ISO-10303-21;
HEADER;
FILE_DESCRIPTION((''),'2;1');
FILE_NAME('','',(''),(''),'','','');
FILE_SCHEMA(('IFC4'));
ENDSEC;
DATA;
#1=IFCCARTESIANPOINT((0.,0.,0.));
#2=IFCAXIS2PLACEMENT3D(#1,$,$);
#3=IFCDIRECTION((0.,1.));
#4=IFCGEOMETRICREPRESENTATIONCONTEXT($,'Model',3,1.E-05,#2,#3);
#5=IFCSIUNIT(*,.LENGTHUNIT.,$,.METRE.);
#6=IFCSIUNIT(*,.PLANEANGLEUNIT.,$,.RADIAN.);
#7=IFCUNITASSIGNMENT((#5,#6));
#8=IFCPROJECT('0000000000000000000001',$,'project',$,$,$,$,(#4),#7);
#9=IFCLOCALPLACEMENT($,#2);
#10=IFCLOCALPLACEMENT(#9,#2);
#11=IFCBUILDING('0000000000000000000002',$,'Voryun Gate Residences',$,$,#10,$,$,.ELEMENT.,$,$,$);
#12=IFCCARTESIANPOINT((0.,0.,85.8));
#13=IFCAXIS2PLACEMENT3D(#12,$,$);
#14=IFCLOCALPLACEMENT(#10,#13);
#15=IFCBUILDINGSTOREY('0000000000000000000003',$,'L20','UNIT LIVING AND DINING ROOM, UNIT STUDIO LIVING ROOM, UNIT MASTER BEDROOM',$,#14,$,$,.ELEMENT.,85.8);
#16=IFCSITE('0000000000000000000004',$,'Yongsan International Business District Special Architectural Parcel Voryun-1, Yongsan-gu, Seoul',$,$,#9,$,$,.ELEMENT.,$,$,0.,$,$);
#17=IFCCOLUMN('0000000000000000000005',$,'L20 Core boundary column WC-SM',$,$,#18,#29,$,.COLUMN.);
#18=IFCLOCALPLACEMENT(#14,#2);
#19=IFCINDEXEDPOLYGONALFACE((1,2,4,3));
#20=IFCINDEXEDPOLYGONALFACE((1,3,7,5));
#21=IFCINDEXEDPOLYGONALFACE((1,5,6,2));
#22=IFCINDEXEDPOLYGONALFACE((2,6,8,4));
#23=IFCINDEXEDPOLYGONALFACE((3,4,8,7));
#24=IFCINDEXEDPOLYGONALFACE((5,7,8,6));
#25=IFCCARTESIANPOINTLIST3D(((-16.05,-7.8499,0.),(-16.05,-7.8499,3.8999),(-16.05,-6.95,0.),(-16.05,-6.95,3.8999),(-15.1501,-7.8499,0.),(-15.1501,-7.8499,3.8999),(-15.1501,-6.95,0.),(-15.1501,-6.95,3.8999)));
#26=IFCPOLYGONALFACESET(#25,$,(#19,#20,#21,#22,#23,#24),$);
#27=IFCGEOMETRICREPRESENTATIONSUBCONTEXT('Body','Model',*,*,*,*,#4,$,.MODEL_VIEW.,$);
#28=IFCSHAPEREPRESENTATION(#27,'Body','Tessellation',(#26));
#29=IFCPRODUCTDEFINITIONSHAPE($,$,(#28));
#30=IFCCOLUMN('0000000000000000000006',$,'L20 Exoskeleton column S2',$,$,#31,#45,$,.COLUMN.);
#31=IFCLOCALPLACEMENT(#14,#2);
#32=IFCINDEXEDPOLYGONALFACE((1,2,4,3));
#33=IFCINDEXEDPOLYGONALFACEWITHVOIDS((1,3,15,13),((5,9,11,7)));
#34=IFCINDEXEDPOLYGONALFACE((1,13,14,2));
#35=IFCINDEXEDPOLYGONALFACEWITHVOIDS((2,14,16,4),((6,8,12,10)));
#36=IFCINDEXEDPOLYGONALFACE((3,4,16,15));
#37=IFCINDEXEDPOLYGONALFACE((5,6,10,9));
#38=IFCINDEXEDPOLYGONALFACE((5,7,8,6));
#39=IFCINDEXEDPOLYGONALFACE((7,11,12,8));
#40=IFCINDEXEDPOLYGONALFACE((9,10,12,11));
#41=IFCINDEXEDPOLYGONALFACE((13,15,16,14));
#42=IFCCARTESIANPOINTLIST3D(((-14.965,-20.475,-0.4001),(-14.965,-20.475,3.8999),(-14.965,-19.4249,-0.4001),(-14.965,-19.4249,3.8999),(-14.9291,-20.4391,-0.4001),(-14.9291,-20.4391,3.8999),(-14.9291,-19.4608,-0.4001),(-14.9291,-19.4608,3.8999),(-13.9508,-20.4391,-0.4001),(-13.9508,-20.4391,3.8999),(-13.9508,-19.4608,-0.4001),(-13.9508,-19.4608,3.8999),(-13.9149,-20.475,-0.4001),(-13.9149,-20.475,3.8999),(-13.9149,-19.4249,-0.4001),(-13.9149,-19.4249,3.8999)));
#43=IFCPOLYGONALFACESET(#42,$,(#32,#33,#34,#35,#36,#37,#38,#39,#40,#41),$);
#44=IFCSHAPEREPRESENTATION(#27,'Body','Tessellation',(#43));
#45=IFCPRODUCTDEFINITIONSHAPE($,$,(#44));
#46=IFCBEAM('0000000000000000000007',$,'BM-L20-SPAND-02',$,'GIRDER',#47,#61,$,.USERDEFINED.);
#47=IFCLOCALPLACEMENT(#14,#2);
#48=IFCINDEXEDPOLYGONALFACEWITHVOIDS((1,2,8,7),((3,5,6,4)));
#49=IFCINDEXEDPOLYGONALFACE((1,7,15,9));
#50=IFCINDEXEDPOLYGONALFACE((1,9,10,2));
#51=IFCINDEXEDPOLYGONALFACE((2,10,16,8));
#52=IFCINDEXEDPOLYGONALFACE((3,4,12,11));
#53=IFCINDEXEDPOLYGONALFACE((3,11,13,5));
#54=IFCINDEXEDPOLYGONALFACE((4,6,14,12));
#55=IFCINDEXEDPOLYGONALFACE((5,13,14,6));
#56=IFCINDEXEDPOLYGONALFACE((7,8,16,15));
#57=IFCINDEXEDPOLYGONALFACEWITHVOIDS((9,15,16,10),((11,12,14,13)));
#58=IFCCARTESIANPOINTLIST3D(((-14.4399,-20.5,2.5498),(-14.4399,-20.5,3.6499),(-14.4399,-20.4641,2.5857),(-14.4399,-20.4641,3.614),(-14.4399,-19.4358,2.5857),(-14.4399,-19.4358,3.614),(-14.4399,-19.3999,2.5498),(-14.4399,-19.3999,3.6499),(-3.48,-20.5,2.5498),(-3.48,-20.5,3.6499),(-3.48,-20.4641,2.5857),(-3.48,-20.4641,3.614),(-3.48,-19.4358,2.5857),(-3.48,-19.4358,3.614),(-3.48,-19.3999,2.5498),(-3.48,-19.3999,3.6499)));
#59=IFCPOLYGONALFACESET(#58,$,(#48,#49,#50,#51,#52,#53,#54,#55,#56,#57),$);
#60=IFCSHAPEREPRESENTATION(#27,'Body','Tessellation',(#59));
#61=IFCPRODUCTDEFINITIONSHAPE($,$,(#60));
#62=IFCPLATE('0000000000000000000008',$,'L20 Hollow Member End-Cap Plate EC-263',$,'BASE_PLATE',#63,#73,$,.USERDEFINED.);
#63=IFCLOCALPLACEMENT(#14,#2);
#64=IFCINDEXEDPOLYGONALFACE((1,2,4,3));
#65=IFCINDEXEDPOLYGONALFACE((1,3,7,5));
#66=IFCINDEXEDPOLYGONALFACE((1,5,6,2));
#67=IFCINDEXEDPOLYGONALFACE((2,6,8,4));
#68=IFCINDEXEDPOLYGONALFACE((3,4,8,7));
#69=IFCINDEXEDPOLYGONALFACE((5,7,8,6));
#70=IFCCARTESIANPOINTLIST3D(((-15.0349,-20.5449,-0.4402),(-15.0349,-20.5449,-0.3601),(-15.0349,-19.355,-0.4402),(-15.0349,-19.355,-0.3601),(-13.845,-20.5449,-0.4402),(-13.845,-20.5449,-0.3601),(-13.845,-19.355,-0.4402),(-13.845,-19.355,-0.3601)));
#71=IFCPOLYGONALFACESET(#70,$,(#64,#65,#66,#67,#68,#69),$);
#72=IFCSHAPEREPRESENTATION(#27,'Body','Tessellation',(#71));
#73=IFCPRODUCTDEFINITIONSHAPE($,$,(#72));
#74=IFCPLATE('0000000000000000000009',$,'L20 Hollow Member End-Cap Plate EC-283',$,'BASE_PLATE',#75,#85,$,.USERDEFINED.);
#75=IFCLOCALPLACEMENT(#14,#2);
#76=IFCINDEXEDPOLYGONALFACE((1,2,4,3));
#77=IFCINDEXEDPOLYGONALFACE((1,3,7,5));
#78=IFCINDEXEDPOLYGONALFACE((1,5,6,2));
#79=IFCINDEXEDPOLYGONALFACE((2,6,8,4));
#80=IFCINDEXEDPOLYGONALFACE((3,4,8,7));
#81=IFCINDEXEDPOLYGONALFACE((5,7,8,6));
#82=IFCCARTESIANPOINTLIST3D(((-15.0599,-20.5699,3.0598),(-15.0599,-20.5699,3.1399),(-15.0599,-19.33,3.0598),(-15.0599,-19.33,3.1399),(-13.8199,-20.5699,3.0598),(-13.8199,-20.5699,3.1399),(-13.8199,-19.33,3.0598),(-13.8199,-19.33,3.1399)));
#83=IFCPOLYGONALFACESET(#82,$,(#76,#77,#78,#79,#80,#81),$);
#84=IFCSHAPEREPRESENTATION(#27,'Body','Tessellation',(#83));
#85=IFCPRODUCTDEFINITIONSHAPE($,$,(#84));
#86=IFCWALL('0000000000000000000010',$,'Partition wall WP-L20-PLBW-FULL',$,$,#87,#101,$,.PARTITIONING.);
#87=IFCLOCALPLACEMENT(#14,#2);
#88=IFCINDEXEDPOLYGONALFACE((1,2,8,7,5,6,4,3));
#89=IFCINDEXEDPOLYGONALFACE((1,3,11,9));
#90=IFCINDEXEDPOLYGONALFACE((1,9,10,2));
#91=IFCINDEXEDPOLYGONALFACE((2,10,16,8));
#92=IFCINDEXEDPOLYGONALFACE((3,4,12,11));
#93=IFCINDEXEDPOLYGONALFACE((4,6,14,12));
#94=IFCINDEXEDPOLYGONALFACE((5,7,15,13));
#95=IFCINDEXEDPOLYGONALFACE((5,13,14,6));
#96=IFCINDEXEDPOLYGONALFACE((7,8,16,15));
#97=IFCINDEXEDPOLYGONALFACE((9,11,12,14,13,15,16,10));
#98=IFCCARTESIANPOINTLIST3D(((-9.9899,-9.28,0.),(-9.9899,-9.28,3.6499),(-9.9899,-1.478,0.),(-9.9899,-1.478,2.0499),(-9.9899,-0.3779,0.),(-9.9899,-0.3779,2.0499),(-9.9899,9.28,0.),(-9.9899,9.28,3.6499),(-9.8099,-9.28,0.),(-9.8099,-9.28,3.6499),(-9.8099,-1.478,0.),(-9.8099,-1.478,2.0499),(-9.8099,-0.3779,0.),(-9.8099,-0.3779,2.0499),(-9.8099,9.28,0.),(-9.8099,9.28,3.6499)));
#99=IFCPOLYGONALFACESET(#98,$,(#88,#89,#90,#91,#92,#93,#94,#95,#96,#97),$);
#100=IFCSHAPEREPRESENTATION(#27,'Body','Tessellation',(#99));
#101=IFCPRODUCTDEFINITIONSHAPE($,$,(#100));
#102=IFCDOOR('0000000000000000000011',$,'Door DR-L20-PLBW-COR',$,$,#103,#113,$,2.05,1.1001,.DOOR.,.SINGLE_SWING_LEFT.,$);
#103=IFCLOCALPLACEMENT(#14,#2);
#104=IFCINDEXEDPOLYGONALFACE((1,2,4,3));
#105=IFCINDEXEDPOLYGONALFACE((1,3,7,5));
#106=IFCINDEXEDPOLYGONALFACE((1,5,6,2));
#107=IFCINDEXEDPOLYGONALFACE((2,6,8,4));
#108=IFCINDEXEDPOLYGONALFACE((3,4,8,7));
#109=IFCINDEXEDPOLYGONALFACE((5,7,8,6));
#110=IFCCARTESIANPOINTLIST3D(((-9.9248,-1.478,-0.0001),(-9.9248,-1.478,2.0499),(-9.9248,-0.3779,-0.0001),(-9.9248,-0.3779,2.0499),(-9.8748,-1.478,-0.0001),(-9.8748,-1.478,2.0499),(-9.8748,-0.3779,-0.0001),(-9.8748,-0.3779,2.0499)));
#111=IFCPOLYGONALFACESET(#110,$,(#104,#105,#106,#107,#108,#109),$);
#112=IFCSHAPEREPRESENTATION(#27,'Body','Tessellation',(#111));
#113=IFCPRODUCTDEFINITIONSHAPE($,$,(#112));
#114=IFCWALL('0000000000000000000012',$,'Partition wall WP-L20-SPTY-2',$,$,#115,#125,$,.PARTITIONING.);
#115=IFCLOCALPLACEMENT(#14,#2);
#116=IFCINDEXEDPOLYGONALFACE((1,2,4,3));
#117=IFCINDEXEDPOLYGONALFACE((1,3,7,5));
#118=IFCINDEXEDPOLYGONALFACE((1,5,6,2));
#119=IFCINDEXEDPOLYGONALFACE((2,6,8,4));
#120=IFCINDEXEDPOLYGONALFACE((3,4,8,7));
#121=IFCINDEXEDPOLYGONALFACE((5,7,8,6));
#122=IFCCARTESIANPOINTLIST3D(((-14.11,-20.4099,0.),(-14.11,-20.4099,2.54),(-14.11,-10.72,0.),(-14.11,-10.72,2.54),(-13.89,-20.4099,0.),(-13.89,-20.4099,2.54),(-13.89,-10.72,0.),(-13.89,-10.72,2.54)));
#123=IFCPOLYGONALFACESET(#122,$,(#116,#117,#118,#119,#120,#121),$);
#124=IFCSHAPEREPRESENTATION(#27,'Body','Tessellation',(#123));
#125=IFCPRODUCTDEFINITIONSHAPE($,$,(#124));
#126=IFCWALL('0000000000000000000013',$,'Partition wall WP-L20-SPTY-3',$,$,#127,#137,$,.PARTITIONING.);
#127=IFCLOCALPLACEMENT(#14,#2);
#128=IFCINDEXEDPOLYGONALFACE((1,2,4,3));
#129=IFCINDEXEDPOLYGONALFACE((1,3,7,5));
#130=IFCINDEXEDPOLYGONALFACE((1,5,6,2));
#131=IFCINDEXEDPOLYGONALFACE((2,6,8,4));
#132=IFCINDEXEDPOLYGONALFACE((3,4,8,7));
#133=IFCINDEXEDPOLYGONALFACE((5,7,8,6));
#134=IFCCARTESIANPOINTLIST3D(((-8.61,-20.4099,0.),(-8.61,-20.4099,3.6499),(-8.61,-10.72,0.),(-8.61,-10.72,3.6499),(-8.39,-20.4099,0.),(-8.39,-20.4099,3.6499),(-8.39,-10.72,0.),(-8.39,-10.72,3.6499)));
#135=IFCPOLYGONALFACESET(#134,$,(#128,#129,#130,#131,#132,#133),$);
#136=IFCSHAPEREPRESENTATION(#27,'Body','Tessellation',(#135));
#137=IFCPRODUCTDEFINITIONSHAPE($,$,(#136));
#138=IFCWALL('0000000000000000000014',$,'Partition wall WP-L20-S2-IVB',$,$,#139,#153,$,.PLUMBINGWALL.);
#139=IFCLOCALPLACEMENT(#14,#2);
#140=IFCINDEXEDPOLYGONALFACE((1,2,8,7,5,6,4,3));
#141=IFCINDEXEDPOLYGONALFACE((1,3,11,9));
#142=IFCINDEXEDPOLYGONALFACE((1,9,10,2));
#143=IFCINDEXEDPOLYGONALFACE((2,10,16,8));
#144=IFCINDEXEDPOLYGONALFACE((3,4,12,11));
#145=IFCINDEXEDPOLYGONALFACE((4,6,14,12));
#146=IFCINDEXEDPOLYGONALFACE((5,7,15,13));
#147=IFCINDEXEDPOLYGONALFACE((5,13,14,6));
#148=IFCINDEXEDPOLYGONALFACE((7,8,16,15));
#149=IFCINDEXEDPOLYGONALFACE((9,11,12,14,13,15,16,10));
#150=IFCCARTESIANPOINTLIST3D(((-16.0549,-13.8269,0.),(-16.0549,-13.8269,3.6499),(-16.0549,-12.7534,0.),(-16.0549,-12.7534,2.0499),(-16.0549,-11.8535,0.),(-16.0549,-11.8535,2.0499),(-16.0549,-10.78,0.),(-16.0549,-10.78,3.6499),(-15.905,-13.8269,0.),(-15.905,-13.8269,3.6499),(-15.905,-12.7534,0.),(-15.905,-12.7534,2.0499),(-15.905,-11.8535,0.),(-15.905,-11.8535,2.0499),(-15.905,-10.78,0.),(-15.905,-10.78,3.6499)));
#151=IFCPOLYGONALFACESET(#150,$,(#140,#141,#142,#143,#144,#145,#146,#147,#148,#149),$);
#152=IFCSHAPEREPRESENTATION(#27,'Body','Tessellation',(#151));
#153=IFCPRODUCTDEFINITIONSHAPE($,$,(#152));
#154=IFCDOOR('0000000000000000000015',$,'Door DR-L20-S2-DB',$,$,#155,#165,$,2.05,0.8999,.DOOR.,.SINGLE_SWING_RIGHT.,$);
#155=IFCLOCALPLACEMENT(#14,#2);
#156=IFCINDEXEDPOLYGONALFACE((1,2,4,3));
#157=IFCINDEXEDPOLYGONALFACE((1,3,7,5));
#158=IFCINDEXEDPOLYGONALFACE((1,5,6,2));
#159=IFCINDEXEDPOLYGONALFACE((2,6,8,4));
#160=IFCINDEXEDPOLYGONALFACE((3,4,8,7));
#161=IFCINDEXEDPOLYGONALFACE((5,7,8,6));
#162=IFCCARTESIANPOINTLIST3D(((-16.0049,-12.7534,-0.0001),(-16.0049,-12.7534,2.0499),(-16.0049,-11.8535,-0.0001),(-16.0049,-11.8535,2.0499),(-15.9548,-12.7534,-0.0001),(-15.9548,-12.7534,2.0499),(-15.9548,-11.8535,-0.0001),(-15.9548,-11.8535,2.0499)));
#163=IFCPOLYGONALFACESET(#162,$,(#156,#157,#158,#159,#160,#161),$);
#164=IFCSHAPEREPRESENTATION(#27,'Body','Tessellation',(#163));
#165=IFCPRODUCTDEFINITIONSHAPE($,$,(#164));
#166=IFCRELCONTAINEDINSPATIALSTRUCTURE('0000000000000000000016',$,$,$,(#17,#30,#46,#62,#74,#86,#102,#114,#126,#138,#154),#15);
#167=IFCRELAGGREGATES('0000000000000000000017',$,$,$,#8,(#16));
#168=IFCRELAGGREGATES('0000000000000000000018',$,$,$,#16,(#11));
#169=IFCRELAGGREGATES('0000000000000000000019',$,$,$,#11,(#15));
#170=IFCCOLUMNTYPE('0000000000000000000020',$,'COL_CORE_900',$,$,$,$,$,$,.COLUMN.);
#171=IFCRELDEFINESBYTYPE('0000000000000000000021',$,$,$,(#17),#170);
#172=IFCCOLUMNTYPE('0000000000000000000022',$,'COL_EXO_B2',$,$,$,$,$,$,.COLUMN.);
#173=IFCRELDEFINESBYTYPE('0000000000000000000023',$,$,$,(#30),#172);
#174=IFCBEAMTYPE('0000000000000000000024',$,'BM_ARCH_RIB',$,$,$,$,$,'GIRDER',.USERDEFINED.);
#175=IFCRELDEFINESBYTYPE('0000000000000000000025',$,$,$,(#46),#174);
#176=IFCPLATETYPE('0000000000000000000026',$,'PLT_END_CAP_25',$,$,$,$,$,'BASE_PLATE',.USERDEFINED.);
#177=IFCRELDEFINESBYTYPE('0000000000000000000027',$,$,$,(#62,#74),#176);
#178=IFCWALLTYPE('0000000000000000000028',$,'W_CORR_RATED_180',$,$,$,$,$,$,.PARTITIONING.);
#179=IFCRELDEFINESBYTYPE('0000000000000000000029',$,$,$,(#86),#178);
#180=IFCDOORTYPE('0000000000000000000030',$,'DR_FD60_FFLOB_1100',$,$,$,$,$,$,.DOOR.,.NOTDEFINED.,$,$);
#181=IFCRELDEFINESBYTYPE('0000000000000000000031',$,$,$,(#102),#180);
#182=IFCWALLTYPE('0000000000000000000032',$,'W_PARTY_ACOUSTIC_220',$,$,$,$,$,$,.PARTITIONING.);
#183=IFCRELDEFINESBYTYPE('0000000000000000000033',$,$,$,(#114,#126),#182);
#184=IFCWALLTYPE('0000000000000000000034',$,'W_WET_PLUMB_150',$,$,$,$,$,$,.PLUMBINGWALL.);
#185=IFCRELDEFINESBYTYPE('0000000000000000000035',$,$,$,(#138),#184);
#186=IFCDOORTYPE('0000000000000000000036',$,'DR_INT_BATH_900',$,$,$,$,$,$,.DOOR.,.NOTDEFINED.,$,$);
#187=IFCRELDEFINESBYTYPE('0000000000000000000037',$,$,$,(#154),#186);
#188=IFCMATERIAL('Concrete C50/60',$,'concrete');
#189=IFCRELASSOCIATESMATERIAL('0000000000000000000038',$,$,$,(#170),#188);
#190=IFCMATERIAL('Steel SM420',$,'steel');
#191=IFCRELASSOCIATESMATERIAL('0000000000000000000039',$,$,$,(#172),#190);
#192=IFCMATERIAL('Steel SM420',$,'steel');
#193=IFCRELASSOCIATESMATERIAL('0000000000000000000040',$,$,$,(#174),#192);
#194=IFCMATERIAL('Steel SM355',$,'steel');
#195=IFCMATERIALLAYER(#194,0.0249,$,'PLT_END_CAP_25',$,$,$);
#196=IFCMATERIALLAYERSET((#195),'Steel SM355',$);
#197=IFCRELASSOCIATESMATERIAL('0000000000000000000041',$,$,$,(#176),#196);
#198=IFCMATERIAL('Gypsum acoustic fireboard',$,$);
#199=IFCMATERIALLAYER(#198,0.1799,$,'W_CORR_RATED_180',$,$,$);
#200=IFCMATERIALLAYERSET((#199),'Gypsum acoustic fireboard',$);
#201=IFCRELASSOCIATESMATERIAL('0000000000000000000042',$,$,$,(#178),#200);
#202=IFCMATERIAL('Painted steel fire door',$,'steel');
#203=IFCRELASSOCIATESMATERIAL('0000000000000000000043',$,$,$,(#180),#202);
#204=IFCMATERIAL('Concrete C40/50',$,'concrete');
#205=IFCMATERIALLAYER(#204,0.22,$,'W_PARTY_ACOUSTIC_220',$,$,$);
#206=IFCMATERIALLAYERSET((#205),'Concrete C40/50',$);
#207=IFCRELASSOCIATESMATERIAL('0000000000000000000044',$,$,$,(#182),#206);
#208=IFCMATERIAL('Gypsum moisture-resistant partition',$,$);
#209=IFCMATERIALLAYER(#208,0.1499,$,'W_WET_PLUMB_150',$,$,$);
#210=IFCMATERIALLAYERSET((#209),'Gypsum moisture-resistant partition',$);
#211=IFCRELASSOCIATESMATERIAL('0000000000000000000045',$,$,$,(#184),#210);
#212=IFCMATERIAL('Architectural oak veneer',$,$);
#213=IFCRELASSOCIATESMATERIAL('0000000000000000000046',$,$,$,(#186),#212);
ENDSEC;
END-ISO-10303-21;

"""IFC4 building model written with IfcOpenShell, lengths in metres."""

from ifc_helpers import new_model, si_unit, direction, frame, frame_2d, origin, origin_2d, place, context, subcontext, project, spatial, rectangle, hollow_rectangle, extrude, material, layer, layer_set, material_profile, profile_set, type_object, element, fill, save


model = new_model("IFC4")

# Units and contexts
model_context = context("Model", 3, precision=1e-05, world=origin(), true_north=direction((0.0, 1.0)))
body_context = subcontext(model_context, "Body", "Model", "MODEL_VIEW")
ifc_project = project(units=[si_unit("LENGTHUNIT", "METRE"), si_unit("PLANEANGLEUNIT", "RADIAN")], contexts=[model_context])

# Site, building, storey
site_placement = place(None, origin())
site = spatial("IfcSite", under=ifc_project, at=site_placement, Name="Yongsan International Business District Special Architectural Parcel Voryun-1, Yongsan-gu, Seoul", CompositionType="ELEMENT", RefElevation=0.0)
building_placement = place(site_placement, origin())
building = spatial("IfcBuilding", under=site, at=building_placement, Name="Voryun Gate Residences", CompositionType="ELEMENT")
storey_placement = place(building_placement, frame((0.0, 0.0, 85.8)))
storey = spatial("IfcBuildingStorey", under=building, at=storey_placement, Name="L20", Description="UNIT LIVING AND DINING ROOM, UNIT STUDIO LIVING ROOM, UNIT MASTER BEDROOM", CompositionType="ELEMENT", Elevation=85.8)

# Columns
ifc_material_1 = material(Name="Concrete C50/60", Category="concrete")
ifc_material_profile_1 = material_profile(ifc_material_1, rectangle(XDim=0.8999, YDim=0.8999, at=origin_2d()), Name="RC-900x900")
ifc_profile_set_1 = profile_set([ifc_material_profile_1], Name="Concrete C50/60")
column_type_1 = type_object("IfcColumnType", Name="COL_CORE_900", PredefinedType="COLUMN", material=ifc_profile_set_1)
column_1_placement = place(storey_placement, frame((-15.6001, -7.3999, 0.0), z_axis=(0.0, 0.0, 1.0), x_axis=(1.0, 0.0, 0.0)))
element("IfcColumn", 1, at=column_1_placement, inside=storey, type_object=column_type_1, Name="L20 Core boundary column WC-SM", PredefinedType="COLUMN", context=body_context, shape_type="SweptSolid", body=[
    extrude(rectangle(XDim=0.8999, YDim=0.8999, at=origin_2d()), origin(), (0.0, 0.0, 1.0), 3.8999),
])
ifc_material_2 = material(Name="Steel SM420", Category="steel")
ifc_material_profile_2 = material_profile(ifc_material_2, hollow_rectangle(XDim=1.05, YDim=1.05, WallThickness=0.0359, at=origin_2d()), Name="BOX-1050x1050x36")
ifc_profile_set_2 = profile_set([ifc_material_profile_2], Name="Steel SM420")
column_type_2 = type_object("IfcColumnType", Name="COL_EXO_B2", PredefinedType="COLUMN", material=ifc_profile_set_2)
column_2_placement = place(storey_placement, frame((-14.4399, -19.95, -0.4001), z_axis=(0.0, 0.0, 1.0), x_axis=(1.0, 0.0, 0.0)))
element("IfcColumn", 2, at=column_2_placement, inside=storey, type_object=column_type_2, Name="L20 Exoskeleton column S2", PredefinedType="COLUMN", context=body_context, shape_type="SweptSolid", body=[
    extrude(hollow_rectangle(XDim=1.05, YDim=1.05, WallThickness=0.0359, at=origin_2d()), origin(), (0.0, 0.0, 1.0), 4.3),
])

# Beam
ifc_material_3 = material(Name="Steel SM420", Category="steel")
ifc_material_profile_3 = material_profile(ifc_material_3, hollow_rectangle(XDim=1.1001, YDim=1.1001, WallThickness=0.0359, at=origin_2d()), Name="BOX-1100x1100x36")
ifc_profile_set_3 = profile_set([ifc_material_profile_3], Name="Steel SM420")
beam_type = type_object("IfcBeamType", Name="BM_ARCH_RIB", ElementType="GIRDER", PredefinedType="USERDEFINED", material=ifc_profile_set_3)
beam_placement = place(storey_placement, frame((-14.4399, -19.95, 3.0999), z_axis=(1.0, 0.0, 0.0), x_axis=(0.0, 1.0, 0.0)))
element("IfcBeam", 3, at=beam_placement, inside=storey, type_object=beam_type, Name="BM-L20-SPAND-02", ObjectType="GIRDER", PredefinedType="USERDEFINED", context=body_context, shape_type="SweptSolid", body=[
    extrude(hollow_rectangle(XDim=1.1001, YDim=1.1001, WallThickness=0.0359, at=origin_2d()), origin(), (0.0, 0.0, 1.0), 10.96),
])

# Plates
ifc_material_4 = material(Name="Steel SM355", Category="steel")
ifc_layer_1 = layer(ifc_material_4, 0.0249, Name="PLT_END_CAP_25")
ifc_layer_set_1 = layer_set([ifc_layer_1], Name="Steel SM355")
plate_type = type_object("IfcPlateType", Name="PLT_END_CAP_25", ElementType="BASE_PLATE", PredefinedType="USERDEFINED", material=ifc_layer_set_1)
plate_1_placement = place(storey_placement, frame((-14.4399, -19.95, -0.4402), z_axis=(0.0, 0.0, 1.0), x_axis=(1.0, 0.0, 0.0)))
element("IfcPlate", 4, at=plate_1_placement, inside=storey, type_object=plate_type, Name="L20 Hollow Member End-Cap Plate EC-263", ObjectType="BASE_PLATE", PredefinedType="USERDEFINED", context=body_context, shape_type="SweptSolid", body=[
    extrude(rectangle(XDim=1.1899, YDim=1.1899, at=origin_2d()), origin(), (0.0, 0.0, 1.0), 0.0801),
])
plate_2_placement = place(storey_placement, frame((-14.4399, -19.95, 3.0598), z_axis=(0.0, 0.0, 1.0), x_axis=(1.0, 0.0, 0.0)))
element("IfcPlate", 5, at=plate_2_placement, inside=storey, type_object=plate_type, Name="L20 Hollow Member End-Cap Plate EC-283", ObjectType="BASE_PLATE", PredefinedType="USERDEFINED", context=body_context, shape_type="SweptSolid", body=[
    extrude(rectangle(XDim=1.24, YDim=1.24, at=origin_2d()), origin(), (0.0, 0.0, 1.0), 0.0801),
])

# Wall, opening, door
ifc_material_5 = material(Name="Gypsum acoustic fireboard")
ifc_layer_2 = layer(ifc_material_5, 0.1799, Name="W_CORR_RATED_180")
ifc_layer_set_2 = layer_set([ifc_layer_2], Name="Gypsum acoustic fireboard")
wall_type_1 = type_object("IfcWallType", Name="W_CORR_RATED_180", PredefinedType="PARTITIONING", material=ifc_layer_set_2)
wall_1_placement = place(storey_placement, frame((-9.8999, -9.28, 0.0), z_axis=(0.0, 0.0, 1.0), x_axis=(0.0, 1.0, 0.0)))
wall_1 = element("IfcWall", 6, at=wall_1_placement, inside=storey, type_object=wall_type_1, Name="Partition wall WP-L20-PLBW-FULL", PredefinedType="PARTITIONING", context=body_context, shape_type="SweptSolid", body=[
    extrude(rectangle(XDim=18.5601, YDim=0.1799, at=frame_2d((9.28, 0.0))), origin(), (0.0, 0.0, 1.0), 3.6499),
])
opening_1_placement = place(wall_1_placement, frame((7.802, 0.0, 0.0)))
opening_1 = element("IfcOpeningElement", 7, at=opening_1_placement, cuts=wall_1, PredefinedType="OPENING", context=body_context, shape_type="SweptSolid", body=[
    extrude(rectangle(XDim=1.1001, YDim=2.05, at=frame_2d((0.55, 1.0249))), frame((0.0, 0.0999, 0.0), z_axis=(0.0, -1.0, 0.0), x_axis=(1.0, 0.0, 0.0)), (0.0, 0.0, 1.0), 0.2),
])
ifc_material_6 = material(Name="Painted steel fire door", Category="steel")
door_type_1 = type_object("IfcDoorType", Name="DR_FD60_FFLOB_1100", OperationType="NOTDEFINED", PredefinedType="DOOR", material=ifc_material_6)
door_1_placement = place(opening_1_placement, origin())
door_1 = element("IfcDoor", 8, at=door_1_placement, inside=storey, type_object=door_type_1, Name="Door DR-L20-PLBW-COR", OperationType="SINGLE_SWING_LEFT", OverallHeight=2.05, OverallWidth=1.1001, PredefinedType="DOOR", context=body_context, shape_type="SweptSolid", body=[
    extrude(rectangle(XDim=1.1001, YDim=2.05, at=frame_2d((0.55, 1.0249))), frame((0.0, 0.0249, 0.0), z_axis=(0.0, -1.0, 0.0), x_axis=(1.0, 0.0, 0.0)), (0.0, 0.0, 1.0), 0.05),
])
fill(opening_1, door_1)

# Walls
ifc_material_7 = material(Name="Concrete C40/50", Category="concrete")
ifc_layer_3 = layer(ifc_material_7, 0.22, Name="W_PARTY_ACOUSTIC_220")
ifc_layer_set_3 = layer_set([ifc_layer_3], Name="Concrete C40/50")
wall_type_2 = type_object("IfcWallType", Name="W_PARTY_ACOUSTIC_220", PredefinedType="PARTITIONING", material=ifc_layer_set_3)
wall_2_placement = place(storey_placement, frame((-14.0, -20.4099, 0.0), z_axis=(0.0, 0.0, 1.0), x_axis=(0.0, 1.0, 0.0)))
element("IfcWall", 9, at=wall_2_placement, inside=storey, type_object=wall_type_2, Name="Partition wall WP-L20-SPTY-2", PredefinedType="PARTITIONING", context=body_context, shape_type="SweptSolid", body=[
    extrude(rectangle(XDim=9.6899, YDim=0.22, at=frame_2d((4.845, 0.0))), origin(), (0.0, 0.0, 1.0), 2.54),
])
wall_3_placement = place(storey_placement, frame((-8.5, -20.4099, 0.0), z_axis=(0.0, 0.0, 1.0), x_axis=(0.0, 1.0, 0.0)))
element("IfcWall", 10, at=wall_3_placement, inside=storey, type_object=wall_type_2, Name="Partition wall WP-L20-SPTY-3", PredefinedType="PARTITIONING", context=body_context, shape_type="SweptSolid", body=[
    extrude(rectangle(XDim=9.6899, YDim=0.22, at=frame_2d((4.845, 0.0))), origin(), (0.0, 0.0, 1.0), 3.6499),
])

# Wall, opening, door
ifc_material_8 = material(Name="Gypsum moisture-resistant partition")
ifc_layer_4 = layer(ifc_material_8, 0.1499, Name="W_WET_PLUMB_150")
ifc_layer_set_4 = layer_set([ifc_layer_4], Name="Gypsum moisture-resistant partition")
wall_type_3 = type_object("IfcWallType", Name="W_WET_PLUMB_150", PredefinedType="PLUMBINGWALL", material=ifc_layer_set_4)
wall_4_placement = place(storey_placement, frame((-15.98, -13.8269, 0.0), z_axis=(0.0, 0.0, 1.0), x_axis=(0.0, 1.0, 0.0)))
wall_4 = element("IfcWall", 11, at=wall_4_placement, inside=storey, type_object=wall_type_3, Name="Partition wall WP-L20-S2-IVB", PredefinedType="PLUMBINGWALL", context=body_context, shape_type="SweptSolid", body=[
    extrude(rectangle(XDim=3.0469, YDim=0.1499, at=frame_2d((1.5234, 0.0))), origin(), (0.0, 0.0, 1.0), 3.6499),
])
opening_2_placement = place(wall_4_placement, frame((1.0735, 0.0, 0.0)))
opening_2 = element("IfcOpeningElement", 12, at=opening_2_placement, cuts=wall_4, PredefinedType="OPENING", context=body_context, shape_type="SweptSolid", body=[
    extrude(rectangle(XDim=0.8999, YDim=2.05, at=frame_2d((0.45, 1.0249))), frame((0.0, 0.085, 0.0), z_axis=(0.0, -1.0, 0.0), x_axis=(1.0, 0.0, 0.0)), (0.0, 0.0, 1.0), 0.1699),
])
ifc_material_9 = material(Name="Architectural oak veneer")
door_type_2 = type_object("IfcDoorType", Name="DR_INT_BATH_900", OperationType="NOTDEFINED", PredefinedType="DOOR", material=ifc_material_9)
door_2_placement = place(opening_2_placement, origin())
door_2 = element("IfcDoor", 13, at=door_2_placement, inside=storey, type_object=door_type_2, Name="Door DR-L20-S2-DB", OperationType="SINGLE_SWING_RIGHT", OverallHeight=2.05, OverallWidth=0.8999, PredefinedType="DOOR", context=body_context, shape_type="SweptSolid", body=[
    extrude(rectangle(XDim=0.8999, YDim=2.05, at=frame_2d((0.45, 1.0249))), frame((0.0, 0.0249, 0.0), z_axis=(0.0, -1.0, 0.0), x_axis=(1.0, 0.0, 0.0)), (0.0, 0.0, 1.0), 0.05),
])
fill(opening_2, door_2)

save(model, "model.ifc")
